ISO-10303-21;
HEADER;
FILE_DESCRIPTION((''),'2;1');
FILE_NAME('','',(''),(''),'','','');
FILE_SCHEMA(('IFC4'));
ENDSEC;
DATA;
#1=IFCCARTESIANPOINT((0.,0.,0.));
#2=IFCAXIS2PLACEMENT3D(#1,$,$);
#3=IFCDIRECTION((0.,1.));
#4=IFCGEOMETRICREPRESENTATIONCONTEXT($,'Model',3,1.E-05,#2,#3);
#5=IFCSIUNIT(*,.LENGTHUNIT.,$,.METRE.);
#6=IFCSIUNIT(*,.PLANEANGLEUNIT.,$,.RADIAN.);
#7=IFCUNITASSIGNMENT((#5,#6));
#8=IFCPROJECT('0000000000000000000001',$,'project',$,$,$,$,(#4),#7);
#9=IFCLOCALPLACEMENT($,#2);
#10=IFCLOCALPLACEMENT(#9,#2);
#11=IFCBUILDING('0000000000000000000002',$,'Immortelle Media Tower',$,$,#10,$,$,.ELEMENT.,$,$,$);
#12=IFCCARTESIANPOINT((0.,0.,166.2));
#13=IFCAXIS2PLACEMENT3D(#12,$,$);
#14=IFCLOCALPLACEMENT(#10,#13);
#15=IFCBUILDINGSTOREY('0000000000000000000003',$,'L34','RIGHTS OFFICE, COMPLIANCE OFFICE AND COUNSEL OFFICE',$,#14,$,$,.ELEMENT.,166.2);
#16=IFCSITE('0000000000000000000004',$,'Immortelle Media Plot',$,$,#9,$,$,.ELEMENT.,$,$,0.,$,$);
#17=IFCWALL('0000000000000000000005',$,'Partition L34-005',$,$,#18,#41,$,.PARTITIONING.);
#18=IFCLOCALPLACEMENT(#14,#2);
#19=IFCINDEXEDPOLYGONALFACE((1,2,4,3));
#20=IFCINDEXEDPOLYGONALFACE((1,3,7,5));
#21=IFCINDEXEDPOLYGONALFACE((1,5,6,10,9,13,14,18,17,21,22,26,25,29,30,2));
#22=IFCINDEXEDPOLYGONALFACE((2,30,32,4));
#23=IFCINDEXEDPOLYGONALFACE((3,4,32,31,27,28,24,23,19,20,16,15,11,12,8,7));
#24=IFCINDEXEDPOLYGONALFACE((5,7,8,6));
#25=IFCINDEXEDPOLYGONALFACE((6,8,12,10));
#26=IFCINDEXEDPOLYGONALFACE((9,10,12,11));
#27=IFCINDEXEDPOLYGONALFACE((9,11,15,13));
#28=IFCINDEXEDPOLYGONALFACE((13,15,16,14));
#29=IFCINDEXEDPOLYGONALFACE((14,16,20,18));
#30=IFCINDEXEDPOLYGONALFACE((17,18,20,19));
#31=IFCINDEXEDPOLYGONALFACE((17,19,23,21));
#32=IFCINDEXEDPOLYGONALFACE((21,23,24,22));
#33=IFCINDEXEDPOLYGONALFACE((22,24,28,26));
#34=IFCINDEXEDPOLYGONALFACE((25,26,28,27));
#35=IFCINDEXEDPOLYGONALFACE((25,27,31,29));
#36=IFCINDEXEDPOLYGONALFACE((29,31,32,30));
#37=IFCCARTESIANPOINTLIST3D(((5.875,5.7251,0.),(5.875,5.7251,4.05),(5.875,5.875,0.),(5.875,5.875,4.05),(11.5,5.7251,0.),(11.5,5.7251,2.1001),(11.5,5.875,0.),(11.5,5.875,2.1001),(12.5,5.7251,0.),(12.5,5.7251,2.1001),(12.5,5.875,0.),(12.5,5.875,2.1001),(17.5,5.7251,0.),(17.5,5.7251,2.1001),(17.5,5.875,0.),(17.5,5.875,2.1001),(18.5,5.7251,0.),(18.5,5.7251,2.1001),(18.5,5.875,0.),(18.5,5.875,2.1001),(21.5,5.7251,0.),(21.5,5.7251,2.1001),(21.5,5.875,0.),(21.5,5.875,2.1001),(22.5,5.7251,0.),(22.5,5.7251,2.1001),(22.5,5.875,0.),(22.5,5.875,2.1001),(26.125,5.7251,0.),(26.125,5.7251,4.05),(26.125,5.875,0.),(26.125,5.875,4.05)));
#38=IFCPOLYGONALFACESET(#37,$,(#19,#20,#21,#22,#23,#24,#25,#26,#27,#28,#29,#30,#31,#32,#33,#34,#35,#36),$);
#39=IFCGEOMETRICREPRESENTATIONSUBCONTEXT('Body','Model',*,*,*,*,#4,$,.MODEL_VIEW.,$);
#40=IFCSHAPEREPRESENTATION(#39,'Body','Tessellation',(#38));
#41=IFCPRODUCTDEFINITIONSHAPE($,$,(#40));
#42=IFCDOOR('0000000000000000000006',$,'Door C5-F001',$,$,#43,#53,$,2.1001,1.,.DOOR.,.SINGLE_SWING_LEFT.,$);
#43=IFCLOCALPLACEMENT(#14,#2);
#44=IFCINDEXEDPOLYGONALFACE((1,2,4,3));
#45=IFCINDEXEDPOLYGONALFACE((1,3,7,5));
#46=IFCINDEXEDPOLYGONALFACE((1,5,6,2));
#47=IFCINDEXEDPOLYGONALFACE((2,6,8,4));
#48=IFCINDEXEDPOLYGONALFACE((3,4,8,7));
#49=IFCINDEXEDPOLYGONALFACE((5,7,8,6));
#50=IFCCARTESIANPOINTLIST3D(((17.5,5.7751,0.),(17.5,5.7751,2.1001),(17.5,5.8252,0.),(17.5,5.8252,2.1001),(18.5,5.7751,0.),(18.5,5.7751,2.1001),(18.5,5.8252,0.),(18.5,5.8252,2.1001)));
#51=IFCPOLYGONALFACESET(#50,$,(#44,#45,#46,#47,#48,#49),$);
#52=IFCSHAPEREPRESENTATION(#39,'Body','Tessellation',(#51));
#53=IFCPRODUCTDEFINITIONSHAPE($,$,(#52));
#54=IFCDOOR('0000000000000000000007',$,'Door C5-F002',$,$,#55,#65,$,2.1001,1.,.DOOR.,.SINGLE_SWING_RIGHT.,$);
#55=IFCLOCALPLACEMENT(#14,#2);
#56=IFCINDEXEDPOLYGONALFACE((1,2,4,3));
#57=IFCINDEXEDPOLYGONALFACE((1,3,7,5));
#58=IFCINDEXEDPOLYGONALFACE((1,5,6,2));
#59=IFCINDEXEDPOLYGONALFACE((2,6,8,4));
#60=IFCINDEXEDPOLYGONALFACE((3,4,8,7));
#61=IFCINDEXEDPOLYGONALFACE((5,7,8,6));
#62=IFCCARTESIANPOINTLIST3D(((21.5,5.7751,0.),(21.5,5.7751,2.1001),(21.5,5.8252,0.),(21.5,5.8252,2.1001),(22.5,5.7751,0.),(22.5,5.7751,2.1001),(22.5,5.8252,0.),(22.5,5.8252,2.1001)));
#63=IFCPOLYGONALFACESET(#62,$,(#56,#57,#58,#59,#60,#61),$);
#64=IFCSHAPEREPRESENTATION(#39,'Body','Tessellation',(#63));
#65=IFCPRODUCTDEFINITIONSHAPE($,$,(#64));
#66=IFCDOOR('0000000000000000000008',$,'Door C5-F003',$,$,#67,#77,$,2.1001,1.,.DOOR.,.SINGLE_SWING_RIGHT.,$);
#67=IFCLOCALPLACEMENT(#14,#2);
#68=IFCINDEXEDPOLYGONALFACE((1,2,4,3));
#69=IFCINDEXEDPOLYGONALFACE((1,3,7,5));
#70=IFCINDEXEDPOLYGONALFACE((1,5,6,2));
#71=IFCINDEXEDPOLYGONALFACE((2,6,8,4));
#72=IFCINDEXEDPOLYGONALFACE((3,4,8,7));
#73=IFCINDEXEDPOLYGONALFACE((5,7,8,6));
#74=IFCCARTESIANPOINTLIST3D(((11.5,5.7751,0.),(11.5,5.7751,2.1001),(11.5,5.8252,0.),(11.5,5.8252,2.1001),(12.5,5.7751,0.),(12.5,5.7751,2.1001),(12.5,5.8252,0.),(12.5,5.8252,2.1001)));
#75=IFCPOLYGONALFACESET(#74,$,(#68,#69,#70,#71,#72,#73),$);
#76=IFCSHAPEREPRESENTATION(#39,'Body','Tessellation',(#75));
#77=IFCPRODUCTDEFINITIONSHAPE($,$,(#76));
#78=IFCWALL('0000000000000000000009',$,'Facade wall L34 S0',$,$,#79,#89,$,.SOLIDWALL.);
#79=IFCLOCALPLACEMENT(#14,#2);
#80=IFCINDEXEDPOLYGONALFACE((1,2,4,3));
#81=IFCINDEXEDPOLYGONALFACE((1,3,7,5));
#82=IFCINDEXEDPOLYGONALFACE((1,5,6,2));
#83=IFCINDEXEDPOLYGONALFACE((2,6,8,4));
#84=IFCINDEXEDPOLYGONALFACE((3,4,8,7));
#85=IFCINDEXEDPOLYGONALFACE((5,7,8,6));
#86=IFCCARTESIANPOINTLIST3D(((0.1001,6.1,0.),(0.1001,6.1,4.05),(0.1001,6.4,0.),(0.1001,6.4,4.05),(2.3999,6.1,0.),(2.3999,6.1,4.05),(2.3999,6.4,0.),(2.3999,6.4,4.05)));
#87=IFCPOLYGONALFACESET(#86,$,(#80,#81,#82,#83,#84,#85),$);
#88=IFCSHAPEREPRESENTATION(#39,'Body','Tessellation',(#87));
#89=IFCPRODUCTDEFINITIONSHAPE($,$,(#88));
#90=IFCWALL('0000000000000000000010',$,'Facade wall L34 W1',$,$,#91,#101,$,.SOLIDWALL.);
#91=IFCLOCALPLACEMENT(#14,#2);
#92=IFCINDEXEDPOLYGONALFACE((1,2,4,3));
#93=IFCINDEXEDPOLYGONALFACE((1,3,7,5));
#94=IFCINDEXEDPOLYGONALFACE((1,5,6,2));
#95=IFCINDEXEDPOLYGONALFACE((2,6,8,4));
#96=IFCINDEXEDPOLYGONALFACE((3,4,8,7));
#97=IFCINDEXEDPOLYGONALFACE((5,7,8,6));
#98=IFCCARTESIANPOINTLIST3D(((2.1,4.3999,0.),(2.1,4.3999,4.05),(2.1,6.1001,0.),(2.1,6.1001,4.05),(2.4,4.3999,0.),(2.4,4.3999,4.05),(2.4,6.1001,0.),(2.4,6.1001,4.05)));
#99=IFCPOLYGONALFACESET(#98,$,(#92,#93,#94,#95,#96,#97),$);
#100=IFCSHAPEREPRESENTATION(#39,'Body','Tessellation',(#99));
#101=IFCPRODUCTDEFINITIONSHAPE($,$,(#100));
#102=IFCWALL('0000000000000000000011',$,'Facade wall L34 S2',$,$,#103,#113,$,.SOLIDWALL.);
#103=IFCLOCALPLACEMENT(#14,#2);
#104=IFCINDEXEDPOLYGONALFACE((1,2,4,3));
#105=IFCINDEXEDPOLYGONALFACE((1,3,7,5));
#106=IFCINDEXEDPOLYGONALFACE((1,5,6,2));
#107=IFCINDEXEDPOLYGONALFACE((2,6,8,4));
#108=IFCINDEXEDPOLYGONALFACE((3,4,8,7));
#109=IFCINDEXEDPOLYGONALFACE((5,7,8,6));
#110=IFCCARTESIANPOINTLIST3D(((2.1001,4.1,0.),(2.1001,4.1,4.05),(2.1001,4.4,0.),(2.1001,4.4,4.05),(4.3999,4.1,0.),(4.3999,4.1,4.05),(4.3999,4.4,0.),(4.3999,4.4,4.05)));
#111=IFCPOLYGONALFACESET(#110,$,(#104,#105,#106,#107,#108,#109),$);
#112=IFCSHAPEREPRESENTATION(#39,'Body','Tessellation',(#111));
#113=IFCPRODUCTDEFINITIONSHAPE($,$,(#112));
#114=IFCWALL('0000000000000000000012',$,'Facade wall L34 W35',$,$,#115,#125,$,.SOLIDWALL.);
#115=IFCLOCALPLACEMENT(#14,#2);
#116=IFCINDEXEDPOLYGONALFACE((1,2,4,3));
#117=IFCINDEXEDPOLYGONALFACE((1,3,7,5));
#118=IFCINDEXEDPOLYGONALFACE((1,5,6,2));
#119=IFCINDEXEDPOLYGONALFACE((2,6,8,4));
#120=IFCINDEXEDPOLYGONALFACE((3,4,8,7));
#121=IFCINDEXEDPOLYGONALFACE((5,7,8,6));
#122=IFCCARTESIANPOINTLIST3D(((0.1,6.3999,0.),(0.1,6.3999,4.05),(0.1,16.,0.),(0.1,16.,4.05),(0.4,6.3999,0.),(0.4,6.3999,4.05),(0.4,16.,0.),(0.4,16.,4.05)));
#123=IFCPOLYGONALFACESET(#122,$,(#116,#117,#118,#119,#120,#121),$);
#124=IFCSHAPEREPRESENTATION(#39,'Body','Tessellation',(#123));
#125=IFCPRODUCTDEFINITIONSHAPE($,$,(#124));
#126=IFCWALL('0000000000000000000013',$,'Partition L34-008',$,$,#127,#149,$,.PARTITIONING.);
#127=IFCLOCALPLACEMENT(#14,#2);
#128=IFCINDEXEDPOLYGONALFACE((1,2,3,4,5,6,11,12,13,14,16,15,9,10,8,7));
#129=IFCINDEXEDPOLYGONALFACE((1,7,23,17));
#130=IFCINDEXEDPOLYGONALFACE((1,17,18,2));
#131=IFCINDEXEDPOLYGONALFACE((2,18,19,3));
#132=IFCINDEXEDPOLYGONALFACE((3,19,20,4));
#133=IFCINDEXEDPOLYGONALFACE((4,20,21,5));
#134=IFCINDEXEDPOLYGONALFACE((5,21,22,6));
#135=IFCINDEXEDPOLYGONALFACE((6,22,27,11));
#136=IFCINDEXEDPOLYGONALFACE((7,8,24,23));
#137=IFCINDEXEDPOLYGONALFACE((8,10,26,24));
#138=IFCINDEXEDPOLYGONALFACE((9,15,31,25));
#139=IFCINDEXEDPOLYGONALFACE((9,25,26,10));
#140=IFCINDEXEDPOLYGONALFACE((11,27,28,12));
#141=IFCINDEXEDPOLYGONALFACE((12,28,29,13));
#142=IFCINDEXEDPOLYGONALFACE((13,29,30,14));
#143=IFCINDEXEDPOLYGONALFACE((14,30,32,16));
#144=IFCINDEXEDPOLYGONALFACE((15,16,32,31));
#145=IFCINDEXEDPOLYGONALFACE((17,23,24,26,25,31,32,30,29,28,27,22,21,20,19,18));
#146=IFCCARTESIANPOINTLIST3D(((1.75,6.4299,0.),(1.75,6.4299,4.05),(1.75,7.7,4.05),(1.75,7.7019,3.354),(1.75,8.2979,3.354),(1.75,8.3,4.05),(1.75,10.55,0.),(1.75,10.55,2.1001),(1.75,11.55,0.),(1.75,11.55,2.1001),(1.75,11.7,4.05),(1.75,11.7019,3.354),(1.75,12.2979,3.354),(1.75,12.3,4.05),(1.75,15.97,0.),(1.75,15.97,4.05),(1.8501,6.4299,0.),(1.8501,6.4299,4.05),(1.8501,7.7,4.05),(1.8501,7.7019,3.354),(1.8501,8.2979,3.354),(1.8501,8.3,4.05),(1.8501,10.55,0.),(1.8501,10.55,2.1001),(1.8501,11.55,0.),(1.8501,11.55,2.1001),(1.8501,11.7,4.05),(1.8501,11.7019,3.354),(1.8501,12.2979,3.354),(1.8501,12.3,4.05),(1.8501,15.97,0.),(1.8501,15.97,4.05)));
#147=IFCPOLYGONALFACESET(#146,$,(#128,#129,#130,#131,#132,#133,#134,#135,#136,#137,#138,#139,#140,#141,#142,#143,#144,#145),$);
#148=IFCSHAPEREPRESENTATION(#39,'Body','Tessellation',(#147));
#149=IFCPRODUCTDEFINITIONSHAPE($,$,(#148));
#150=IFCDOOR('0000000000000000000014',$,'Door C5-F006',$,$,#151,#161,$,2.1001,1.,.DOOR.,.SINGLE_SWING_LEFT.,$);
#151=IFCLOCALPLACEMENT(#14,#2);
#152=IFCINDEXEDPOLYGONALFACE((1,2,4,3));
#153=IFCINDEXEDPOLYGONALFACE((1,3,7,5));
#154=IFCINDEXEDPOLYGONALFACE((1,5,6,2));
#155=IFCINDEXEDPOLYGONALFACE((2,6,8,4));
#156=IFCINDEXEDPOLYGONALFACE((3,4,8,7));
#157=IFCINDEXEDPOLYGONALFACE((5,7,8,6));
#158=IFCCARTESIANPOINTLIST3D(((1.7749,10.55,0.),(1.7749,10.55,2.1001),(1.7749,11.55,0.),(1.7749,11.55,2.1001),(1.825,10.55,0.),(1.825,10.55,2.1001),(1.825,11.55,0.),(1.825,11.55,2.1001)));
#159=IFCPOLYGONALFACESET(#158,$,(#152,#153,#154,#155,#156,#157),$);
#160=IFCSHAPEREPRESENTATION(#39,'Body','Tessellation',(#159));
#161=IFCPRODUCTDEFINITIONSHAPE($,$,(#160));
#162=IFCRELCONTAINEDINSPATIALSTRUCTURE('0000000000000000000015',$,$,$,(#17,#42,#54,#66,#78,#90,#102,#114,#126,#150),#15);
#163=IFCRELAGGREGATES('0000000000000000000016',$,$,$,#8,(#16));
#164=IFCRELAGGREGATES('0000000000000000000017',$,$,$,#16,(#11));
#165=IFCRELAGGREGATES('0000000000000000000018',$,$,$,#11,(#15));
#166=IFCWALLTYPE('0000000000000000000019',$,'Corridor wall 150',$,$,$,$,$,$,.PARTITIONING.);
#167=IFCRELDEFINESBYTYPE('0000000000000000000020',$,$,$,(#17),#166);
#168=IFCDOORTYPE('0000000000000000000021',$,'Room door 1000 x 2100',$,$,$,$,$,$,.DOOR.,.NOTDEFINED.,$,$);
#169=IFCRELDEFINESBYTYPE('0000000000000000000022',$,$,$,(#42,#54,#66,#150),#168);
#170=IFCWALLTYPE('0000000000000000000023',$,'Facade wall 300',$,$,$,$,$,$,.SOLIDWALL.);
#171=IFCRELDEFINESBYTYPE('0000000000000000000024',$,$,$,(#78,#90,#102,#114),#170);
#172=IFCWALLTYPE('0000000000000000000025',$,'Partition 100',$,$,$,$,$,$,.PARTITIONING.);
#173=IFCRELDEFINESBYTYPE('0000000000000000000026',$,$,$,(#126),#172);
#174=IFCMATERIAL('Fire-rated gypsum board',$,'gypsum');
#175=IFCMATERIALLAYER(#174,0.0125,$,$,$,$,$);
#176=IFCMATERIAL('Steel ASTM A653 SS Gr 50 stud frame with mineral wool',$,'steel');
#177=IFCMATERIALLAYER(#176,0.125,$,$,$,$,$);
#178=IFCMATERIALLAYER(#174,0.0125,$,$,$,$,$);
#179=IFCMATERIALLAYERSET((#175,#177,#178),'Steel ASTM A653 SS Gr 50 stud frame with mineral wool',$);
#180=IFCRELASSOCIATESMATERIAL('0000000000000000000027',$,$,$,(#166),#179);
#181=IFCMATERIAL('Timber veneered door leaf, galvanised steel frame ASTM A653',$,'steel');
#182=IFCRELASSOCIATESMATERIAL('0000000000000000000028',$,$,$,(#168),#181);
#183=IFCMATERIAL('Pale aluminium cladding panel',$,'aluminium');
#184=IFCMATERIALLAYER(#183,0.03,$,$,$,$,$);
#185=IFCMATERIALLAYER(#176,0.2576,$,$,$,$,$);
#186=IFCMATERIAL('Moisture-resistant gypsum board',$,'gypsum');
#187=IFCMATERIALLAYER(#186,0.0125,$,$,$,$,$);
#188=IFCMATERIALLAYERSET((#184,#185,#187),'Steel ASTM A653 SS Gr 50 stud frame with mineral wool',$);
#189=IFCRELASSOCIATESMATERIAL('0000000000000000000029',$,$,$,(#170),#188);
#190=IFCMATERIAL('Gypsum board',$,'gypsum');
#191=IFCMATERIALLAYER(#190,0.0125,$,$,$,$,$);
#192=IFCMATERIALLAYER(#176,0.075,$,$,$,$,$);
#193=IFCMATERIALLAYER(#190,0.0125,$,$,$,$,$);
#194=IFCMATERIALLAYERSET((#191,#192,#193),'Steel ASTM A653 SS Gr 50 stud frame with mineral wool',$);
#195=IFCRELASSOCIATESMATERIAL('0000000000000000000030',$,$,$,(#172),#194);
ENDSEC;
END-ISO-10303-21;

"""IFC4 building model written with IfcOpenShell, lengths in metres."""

from ifc_helpers import new_model, si_unit, direction, frame, frame_2d, origin, place, context, subcontext, project, spatial, polyline, rectangle, outline, extrude, material, layer, layer_set, type_object, element, fill, save


model = new_model("IFC4")

# Units and contexts
model_context = context("Model", 3, precision=1e-05, world=origin(), true_north=direction((0.0, 1.0)))
body_context = subcontext(model_context, "Body", "Model", "MODEL_VIEW")
ifc_project = project(units=[si_unit("LENGTHUNIT", "METRE"), si_unit("PLANEANGLEUNIT", "RADIAN")], contexts=[model_context])

# Site, building, storey
site_placement = place(None, origin())
site = spatial("IfcSite", under=ifc_project, at=site_placement, Name="Immortelle Media Plot", CompositionType="ELEMENT", RefElevation=0.0)
building_placement = place(site_placement, origin())
building = spatial("IfcBuilding", under=site, at=building_placement, Name="Immortelle Media Tower", CompositionType="ELEMENT")
storey_placement = place(building_placement, frame((0.0, 0.0, 166.2)))
storey = spatial("IfcBuildingStorey", under=building, at=storey_placement, Name="L34", Description="RIGHTS OFFICE, COMPLIANCE OFFICE AND COUNSEL OFFICE", CompositionType="ELEMENT", Elevation=166.2)

# Wall, openings, doors
ifc_material_1 = material(Name="Fire-rated gypsum board", Category="gypsum")
ifc_layer_1 = layer(ifc_material_1, 0.0125)
ifc_material_2 = material(Name="Steel ASTM A653 SS Gr 50 stud frame with mineral wool", Category="steel")
ifc_layer_2 = layer(ifc_material_2, 0.125)
ifc_layer_3 = layer(ifc_material_1, 0.0125)
ifc_layer_set_1 = layer_set([ifc_layer_1, ifc_layer_2, ifc_layer_3], Name="Steel ASTM A653 SS Gr 50 stud frame with mineral wool")
wall_type_1 = type_object("IfcWallType", Name="Corridor wall 150", PredefinedType="PARTITIONING", material=ifc_layer_set_1)
wall_1_placement = place(storey_placement, frame((5.875, 5.8, 0.0), z_axis=(0.0, 0.0, 1.0), x_axis=(1.0, 0.0, 0.0)))
wall_1 = element("IfcWall", 1, at=wall_1_placement, inside=storey, type_object=wall_type_1, Name="Partition L34-005", PredefinedType="PARTITIONING", context=body_context, shape_type="SweptSolid", body=[
    extrude(rectangle(XDim=20.25, YDim=0.1499, at=frame_2d((10.125, 0.0))), origin(), (0.0, 0.0, 1.0), 4.05),
])
opening_1_placement = place(wall_1_placement, frame((12.625, 0.0, 0.0), z_axis=(0.0, 0.0, 1.0), x_axis=(-1.0, 0.0, 0.0)))
opening_1 = element("IfcOpeningElement", 2, at=opening_1_placement, cuts=wall_1, PredefinedType="OPENING", context=body_context, shape_type="SweptSolid", body=[
    extrude(rectangle(XDim=1.0, YDim=2.1001, at=frame_2d((0.5, 1.05))), frame((0.0, 0.085, 0.0), z_axis=(0.0, -1.0, 0.0), x_axis=(1.0, 0.0, 0.0)), (0.0, 0.0, 1.0), 0.1699),
])
opening_2_placement = place(wall_1_placement, frame((16.625, 0.0, 0.0), z_axis=(0.0, 0.0, 1.0), x_axis=(-1.0, 0.0, 0.0)))
opening_2 = element("IfcOpeningElement", 3, at=opening_2_placement, cuts=wall_1, PredefinedType="OPENING", context=body_context, shape_type="SweptSolid", body=[
    extrude(rectangle(XDim=1.0, YDim=2.1001, at=frame_2d((0.5, 1.05))), frame((0.0, 0.085, 0.0), z_axis=(0.0, -1.0, 0.0), x_axis=(1.0, 0.0, 0.0)), (0.0, 0.0, 1.0), 0.1699),
])
opening_3_placement = place(wall_1_placement, frame((6.625, 0.0, 0.0), z_axis=(0.0, 0.0, 1.0), x_axis=(-1.0, 0.0, 0.0)))
opening_3 = element("IfcOpeningElement", 4, at=opening_3_placement, cuts=wall_1, PredefinedType="OPENING", context=body_context, shape_type="SweptSolid", body=[
    extrude(rectangle(XDim=1.0, YDim=2.1001, at=frame_2d((0.5, 1.05))), frame((0.0, 0.085, 0.0), z_axis=(0.0, -1.0, 0.0), x_axis=(1.0, 0.0, 0.0)), (0.0, 0.0, 1.0), 0.1699),
])
ifc_material_3 = material(Name="Timber veneered door leaf, galvanised steel frame ASTM A653", Category="steel")
door_type = type_object("IfcDoorType", Name="Room door 1000 x 2100", OperationType="NOTDEFINED", PredefinedType="DOOR", material=ifc_material_3)
door_1_placement = place(opening_1_placement, origin())
door_1 = element("IfcDoor", 5, at=door_1_placement, inside=storey, type_object=door_type, Name="Door C5-F001", OperationType="SINGLE_SWING_LEFT", OverallHeight=2.1001, OverallWidth=1.0, PredefinedType="DOOR", context=body_context, shape_type="SweptSolid", body=[
    extrude(rectangle(XDim=1.0, YDim=2.1001, at=frame_2d((0.5, 1.05))), frame((0.0, 0.0249, 0.0), z_axis=(0.0, -1.0, 0.0), x_axis=(1.0, 0.0, 0.0)), (0.0, 0.0, 1.0), 0.05),
])
fill(opening_1, door_1)
door_2_placement = place(opening_2_placement, origin())
door_2 = element("IfcDoor", 6, at=door_2_placement, inside=storey, type_object=door_type, Name="Door C5-F002", OperationType="SINGLE_SWING_RIGHT", OverallHeight=2.1001, OverallWidth=1.0, PredefinedType="DOOR", context=body_context, shape_type="SweptSolid", body=[
    extrude(rectangle(XDim=1.0, YDim=2.1001, at=frame_2d((0.5, 1.05))), frame((0.0, 0.0249, 0.0), z_axis=(0.0, -1.0, 0.0), x_axis=(1.0, 0.0, 0.0)), (0.0, 0.0, 1.0), 0.05),
])
fill(opening_2, door_2)
door_3_placement = place(opening_3_placement, origin())
door_3 = element("IfcDoor", 7, at=door_3_placement, inside=storey, type_object=door_type, Name="Door C5-F003", OperationType="SINGLE_SWING_RIGHT", OverallHeight=2.1001, OverallWidth=1.0, PredefinedType="DOOR", context=body_context, shape_type="SweptSolid", body=[
    extrude(rectangle(XDim=1.0, YDim=2.1001, at=frame_2d((0.5, 1.05))), frame((0.0, 0.0249, 0.0), z_axis=(0.0, -1.0, 0.0), x_axis=(1.0, 0.0, 0.0)), (0.0, 0.0, 1.0), 0.05),
])
fill(opening_3, door_3)

# Walls
ifc_material_4 = material(Name="Pale aluminium cladding panel", Category="aluminium")
ifc_layer_4 = layer(ifc_material_4, 0.03)
ifc_layer_5 = layer(ifc_material_2, 0.2576)
ifc_material_5 = material(Name="Moisture-resistant gypsum board", Category="gypsum")
ifc_layer_6 = layer(ifc_material_5, 0.0125)
ifc_layer_set_2 = layer_set([ifc_layer_4, ifc_layer_5, ifc_layer_6], Name="Steel ASTM A653 SS Gr 50 stud frame with mineral wool")
wall_type_2 = type_object("IfcWallType", Name="Facade wall 300", PredefinedType="SOLIDWALL", material=ifc_layer_set_2)
wall_2_placement = place(storey_placement, frame((0.1001, 6.25, 0.0), z_axis=(0.0, 0.0, 1.0), x_axis=(1.0, 0.0, 0.0)))
element("IfcWall", 8, at=wall_2_placement, inside=storey, type_object=wall_type_2, Name="Facade wall L34 S0", PredefinedType="SOLIDWALL", context=body_context, shape_type="SweptSolid", body=[
    extrude(rectangle(XDim=2.2998, YDim=0.3, at=frame_2d((1.1499, 0.0))), origin(), (0.0, 0.0, 1.0), 4.05),
])
wall_3_placement = place(storey_placement, frame((2.25, 6.1001, 0.0), z_axis=(0.0, 0.0, 1.0), x_axis=(0.0, -1.0, 0.0)))
element("IfcWall", 9, at=wall_3_placement, inside=storey, type_object=wall_type_2, Name="Facade wall L34 W1", PredefinedType="SOLIDWALL", context=body_context, shape_type="SweptSolid", body=[
    extrude(rectangle(XDim=1.7002, YDim=0.3, at=frame_2d((0.8501, 0.0))), origin(), (0.0, 0.0, 1.0), 4.05),
])
wall_4_placement = place(storey_placement, frame((2.1001, 4.25, 0.0), z_axis=(0.0, 0.0, 1.0), x_axis=(1.0, 0.0, 0.0)))
element("IfcWall", 10, at=wall_4_placement, inside=storey, type_object=wall_type_2, Name="Facade wall L34 S2", PredefinedType="SOLIDWALL", context=body_context, shape_type="SweptSolid", body=[
    extrude(rectangle(XDim=2.2998, YDim=0.3, at=frame_2d((1.1499, 0.0))), origin(), (0.0, 0.0, 1.0), 4.05),
])
wall_5_placement = place(storey_placement, frame((0.25, 16.0, 0.0), z_axis=(0.0, 0.0, 1.0), x_axis=(0.0, -1.0, 0.0)))
element("IfcWall", 11, at=wall_5_placement, inside=storey, type_object=wall_type_2, Name="Facade wall L34 W35", PredefinedType="SOLIDWALL", context=body_context, shape_type="SweptSolid", body=[
    extrude(rectangle(XDim=9.6001, YDim=0.3, at=frame_2d((4.8, 0.0))), origin(), (0.0, 0.0, 1.0), 4.05),
])

# Wall, opening, door
ifc_material_6 = material(Name="Gypsum board", Category="gypsum")
ifc_layer_7 = layer(ifc_material_6, 0.0125)
ifc_layer_8 = layer(ifc_material_2, 0.075)
ifc_layer_9 = layer(ifc_material_6, 0.0125)
ifc_layer_set_3 = layer_set([ifc_layer_7, ifc_layer_8, ifc_layer_9], Name="Steel ASTM A653 SS Gr 50 stud frame with mineral wool")
wall_type_3 = type_object("IfcWallType", Name="Partition 100", PredefinedType="PARTITIONING", material=ifc_layer_set_3)
wall_6_placement = place(storey_placement, frame((1.8, 6.4299, 0.0), z_axis=(0.0, 0.0, 1.0), x_axis=(0.0, 1.0, 0.0)))
wall_6 = element("IfcWall", 12, at=wall_6_placement, inside=storey, type_object=wall_type_3, Name="Partition L34-008", PredefinedType="PARTITIONING", context=body_context, shape_type="SweptSolid", body=[
    extrude(outline(polyline([(0.0, 0.0), (9.54, 0.0), (9.54, 4.05), (5.8701, 4.05), (5.8679, 3.354), (5.272, 3.354), (5.27, 4.05), (1.8701, 4.05), (1.8679, 3.354), (1.272, 3.354), (1.27, 4.05), (0.0, 4.05), (0.0, 0.0)])), frame((0.0, 0.05, 0.0), z_axis=(0.0, -1.0, 0.0), x_axis=(1.0, 0.0, 0.0)), (0.0, 0.0, 1.0), 0.1001),
])
opening_4_placement = place(wall_6_placement, frame((5.1201, 0.0, 0.0), z_axis=(0.0, 0.0, 1.0), x_axis=(-1.0, 0.0, 0.0)))
opening_4 = element("IfcOpeningElement", 13, at=opening_4_placement, cuts=wall_6, PredefinedType="OPENING", context=body_context, shape_type="SweptSolid", body=[
    extrude(rectangle(XDim=1.0, YDim=2.1001, at=frame_2d((0.5, 1.05))), frame((0.0, 0.0601, 0.0), z_axis=(0.0, -1.0, 0.0), x_axis=(1.0, 0.0, 0.0)), (0.0, 0.0, 1.0), 0.1201),
])
door_4_placement = place(opening_4_placement, origin())
door_4 = element("IfcDoor", 14, at=door_4_placement, inside=storey, type_object=door_type, Name="Door C5-F006", OperationType="SINGLE_SWING_LEFT", OverallHeight=2.1001, OverallWidth=1.0, PredefinedType="DOOR", context=body_context, shape_type="SweptSolid", body=[
    extrude(rectangle(XDim=1.0, YDim=2.1001, at=frame_2d((0.5, 1.05))), frame((0.0, 0.0249, 0.0), z_axis=(0.0, -1.0, 0.0), x_axis=(1.0, 0.0, 0.0)), (0.0, 0.0, 1.0), 0.05),
])
fill(opening_4, door_4)

save(model, "model.ifc")
